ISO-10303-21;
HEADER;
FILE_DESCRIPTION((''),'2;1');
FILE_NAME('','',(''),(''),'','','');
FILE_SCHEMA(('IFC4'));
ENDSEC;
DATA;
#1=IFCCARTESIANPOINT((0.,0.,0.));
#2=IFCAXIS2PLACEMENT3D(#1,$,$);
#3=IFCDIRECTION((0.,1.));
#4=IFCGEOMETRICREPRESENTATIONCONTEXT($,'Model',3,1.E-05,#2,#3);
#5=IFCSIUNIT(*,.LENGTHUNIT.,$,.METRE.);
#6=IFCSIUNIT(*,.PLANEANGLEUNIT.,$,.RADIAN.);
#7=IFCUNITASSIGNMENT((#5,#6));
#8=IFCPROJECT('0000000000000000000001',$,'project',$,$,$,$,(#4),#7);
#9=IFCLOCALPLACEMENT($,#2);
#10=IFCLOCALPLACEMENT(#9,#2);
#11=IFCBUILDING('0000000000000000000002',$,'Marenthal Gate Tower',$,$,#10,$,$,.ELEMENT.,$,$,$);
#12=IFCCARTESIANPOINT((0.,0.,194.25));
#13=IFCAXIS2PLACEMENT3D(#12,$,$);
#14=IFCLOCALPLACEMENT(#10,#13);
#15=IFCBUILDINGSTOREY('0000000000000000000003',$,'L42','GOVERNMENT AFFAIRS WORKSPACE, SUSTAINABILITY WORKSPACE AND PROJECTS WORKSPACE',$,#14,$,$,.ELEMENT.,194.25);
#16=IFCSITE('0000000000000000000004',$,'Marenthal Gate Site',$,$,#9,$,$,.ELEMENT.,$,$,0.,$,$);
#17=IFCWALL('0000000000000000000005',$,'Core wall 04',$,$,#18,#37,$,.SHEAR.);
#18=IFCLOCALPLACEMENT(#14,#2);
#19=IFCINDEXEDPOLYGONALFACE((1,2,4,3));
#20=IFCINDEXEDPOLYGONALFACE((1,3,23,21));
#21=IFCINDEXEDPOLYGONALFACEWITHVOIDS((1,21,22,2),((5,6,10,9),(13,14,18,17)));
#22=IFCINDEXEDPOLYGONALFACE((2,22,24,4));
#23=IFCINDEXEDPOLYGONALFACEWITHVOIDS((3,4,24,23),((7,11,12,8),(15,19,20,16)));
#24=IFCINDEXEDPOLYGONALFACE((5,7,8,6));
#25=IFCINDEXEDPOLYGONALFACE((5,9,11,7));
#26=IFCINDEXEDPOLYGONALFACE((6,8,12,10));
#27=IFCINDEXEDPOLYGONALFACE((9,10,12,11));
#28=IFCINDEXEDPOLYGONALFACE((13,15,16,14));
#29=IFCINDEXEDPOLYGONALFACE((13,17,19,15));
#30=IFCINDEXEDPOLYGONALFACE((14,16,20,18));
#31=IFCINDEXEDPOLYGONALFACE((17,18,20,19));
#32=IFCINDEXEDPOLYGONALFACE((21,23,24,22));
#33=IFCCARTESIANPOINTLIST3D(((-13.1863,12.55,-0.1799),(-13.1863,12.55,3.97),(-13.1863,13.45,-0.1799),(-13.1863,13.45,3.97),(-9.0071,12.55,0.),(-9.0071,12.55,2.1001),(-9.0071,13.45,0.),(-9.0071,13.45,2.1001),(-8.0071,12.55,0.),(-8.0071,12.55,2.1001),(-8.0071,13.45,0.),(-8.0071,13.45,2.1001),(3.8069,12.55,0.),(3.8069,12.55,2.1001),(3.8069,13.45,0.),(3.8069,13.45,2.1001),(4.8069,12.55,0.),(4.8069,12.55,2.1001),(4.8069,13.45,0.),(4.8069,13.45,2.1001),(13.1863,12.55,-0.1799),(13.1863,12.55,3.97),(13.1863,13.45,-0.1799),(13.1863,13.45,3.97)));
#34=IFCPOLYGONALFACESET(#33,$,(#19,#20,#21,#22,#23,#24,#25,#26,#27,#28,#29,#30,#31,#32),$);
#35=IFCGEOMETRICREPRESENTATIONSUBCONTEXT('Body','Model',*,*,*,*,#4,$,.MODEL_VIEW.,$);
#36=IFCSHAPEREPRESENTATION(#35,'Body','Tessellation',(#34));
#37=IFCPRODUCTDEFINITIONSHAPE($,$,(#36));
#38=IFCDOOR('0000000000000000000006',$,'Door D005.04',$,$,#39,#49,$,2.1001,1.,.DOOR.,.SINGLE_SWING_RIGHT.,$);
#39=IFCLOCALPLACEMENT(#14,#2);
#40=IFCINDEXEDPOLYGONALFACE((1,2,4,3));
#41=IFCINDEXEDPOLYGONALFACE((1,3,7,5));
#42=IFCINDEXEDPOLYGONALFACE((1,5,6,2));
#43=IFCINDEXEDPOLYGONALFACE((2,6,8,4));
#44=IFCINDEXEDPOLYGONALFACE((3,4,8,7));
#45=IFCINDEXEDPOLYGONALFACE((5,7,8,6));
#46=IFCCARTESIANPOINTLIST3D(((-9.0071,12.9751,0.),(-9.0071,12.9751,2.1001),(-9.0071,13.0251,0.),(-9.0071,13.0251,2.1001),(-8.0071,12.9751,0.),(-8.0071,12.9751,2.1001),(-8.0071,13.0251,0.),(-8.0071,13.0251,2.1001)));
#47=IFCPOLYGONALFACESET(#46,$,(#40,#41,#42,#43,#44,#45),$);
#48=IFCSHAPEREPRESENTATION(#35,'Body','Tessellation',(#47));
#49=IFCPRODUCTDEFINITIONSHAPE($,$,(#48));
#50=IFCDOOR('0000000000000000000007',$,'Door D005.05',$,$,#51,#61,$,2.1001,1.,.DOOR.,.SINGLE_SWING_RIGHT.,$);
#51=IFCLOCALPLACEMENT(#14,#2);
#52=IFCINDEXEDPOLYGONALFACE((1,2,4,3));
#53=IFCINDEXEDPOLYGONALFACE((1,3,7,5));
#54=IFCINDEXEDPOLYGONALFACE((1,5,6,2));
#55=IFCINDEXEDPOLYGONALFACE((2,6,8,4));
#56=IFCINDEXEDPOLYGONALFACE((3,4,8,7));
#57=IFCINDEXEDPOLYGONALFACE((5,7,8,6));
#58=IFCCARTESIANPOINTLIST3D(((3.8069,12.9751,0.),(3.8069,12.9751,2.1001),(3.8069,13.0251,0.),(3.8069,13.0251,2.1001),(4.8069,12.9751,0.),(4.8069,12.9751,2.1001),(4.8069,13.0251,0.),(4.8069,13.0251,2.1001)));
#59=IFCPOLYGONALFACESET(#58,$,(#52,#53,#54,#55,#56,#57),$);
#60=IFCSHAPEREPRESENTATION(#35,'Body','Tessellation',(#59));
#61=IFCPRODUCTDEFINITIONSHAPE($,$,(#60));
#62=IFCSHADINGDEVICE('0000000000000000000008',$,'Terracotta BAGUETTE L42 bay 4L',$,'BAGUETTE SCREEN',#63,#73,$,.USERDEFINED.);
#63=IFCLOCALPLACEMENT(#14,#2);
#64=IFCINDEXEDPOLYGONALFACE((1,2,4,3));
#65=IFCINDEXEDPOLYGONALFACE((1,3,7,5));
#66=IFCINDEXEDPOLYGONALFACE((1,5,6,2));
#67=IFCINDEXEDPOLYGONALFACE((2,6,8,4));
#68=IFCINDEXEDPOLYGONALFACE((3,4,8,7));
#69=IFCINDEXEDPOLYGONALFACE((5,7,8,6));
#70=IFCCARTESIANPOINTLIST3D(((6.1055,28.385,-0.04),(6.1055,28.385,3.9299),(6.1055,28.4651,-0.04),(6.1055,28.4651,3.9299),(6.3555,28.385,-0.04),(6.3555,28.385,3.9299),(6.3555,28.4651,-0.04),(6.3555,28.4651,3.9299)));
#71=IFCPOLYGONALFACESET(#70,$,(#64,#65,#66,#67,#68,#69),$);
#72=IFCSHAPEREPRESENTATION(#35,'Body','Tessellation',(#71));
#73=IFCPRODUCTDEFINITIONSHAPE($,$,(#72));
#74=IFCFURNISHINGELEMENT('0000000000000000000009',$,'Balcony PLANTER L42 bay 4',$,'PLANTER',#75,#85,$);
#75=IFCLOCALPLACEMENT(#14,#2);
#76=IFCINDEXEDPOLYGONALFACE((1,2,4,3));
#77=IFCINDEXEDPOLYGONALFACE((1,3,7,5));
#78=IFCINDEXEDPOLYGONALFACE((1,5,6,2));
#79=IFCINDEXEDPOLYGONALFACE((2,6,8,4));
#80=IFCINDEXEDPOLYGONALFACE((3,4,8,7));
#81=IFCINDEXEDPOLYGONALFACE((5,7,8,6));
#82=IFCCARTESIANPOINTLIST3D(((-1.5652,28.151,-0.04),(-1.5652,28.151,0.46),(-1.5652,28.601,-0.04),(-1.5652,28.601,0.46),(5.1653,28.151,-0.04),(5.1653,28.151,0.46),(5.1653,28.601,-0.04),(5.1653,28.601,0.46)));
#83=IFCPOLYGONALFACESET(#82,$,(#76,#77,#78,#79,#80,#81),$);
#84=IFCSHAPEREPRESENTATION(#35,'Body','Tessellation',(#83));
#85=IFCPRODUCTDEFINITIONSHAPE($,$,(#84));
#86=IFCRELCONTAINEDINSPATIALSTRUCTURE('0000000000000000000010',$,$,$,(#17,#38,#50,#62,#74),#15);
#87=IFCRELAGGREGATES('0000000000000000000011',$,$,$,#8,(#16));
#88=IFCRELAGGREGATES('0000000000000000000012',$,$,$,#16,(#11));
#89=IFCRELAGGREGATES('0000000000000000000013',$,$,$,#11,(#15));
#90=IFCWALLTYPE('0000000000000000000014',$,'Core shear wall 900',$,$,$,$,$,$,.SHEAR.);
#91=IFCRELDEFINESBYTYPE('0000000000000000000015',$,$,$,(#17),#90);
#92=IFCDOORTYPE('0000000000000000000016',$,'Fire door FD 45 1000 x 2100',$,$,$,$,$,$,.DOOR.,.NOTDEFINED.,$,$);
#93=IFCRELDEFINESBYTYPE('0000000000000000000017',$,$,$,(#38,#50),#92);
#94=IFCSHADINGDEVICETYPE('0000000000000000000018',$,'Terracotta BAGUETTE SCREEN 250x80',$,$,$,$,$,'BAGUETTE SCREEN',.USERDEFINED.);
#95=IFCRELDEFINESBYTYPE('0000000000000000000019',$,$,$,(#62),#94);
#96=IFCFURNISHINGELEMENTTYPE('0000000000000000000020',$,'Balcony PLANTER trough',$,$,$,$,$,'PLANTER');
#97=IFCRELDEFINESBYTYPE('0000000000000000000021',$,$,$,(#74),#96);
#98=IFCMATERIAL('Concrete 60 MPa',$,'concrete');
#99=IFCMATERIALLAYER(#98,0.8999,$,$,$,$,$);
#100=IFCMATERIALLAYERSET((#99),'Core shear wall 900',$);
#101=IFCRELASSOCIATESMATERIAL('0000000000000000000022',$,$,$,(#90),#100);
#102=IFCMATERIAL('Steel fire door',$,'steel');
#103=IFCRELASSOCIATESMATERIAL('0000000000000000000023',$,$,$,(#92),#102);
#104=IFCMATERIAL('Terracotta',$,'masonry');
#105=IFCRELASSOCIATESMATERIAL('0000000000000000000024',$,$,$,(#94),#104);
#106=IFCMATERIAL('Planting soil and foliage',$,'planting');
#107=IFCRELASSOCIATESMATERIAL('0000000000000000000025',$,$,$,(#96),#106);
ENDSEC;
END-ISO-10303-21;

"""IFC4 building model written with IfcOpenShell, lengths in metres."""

from ifc_helpers import new_model, si_unit, direction, frame, frame_2d, origin, origin_2d, place, context, subcontext, project, spatial, rectangle, extrude, material, layer, layer_set, material_profile, profile_set, type_object, element, fill, save


model = new_model("IFC4")

# Units and contexts
model_context = context("Model", 3, precision=1e-05, world=origin(), true_north=direction((0.0, 1.0)))
body_context = subcontext(model_context, "Body", "Model", "MODEL_VIEW")
ifc_project = project(units=[si_unit("LENGTHUNIT", "METRE"), si_unit("PLANEANGLEUNIT", "RADIAN")], contexts=[model_context])

# Site, building, storey
site_placement = place(None, origin())
site = spatial("IfcSite", under=ifc_project, at=site_placement, Name="Marenthal Gate Site", CompositionType="ELEMENT", RefElevation=0.0)
building_placement = place(site_placement, origin())
building = spatial("IfcBuilding", under=site, at=building_placement, Name="Marenthal Gate Tower", CompositionType="ELEMENT")
storey_placement = place(building_placement, frame((0.0, 0.0, 194.25)))
storey = spatial("IfcBuildingStorey", under=building, at=storey_placement, Name="L42", Description="GOVERNMENT AFFAIRS WORKSPACE, SUSTAINABILITY WORKSPACE AND PROJECTS WORKSPACE", CompositionType="ELEMENT", Elevation=194.25)

# Shared definitions
ifc_material_1 = material(Name="Concrete 60 MPa", Category="concrete")
ifc_layer_1 = layer(ifc_material_1, 0.8999)
ifc_layer_set_1 = layer_set([ifc_layer_1], Name="Core shear wall 900")
wall_type_1 = type_object("IfcWallType", Name="Core shear wall 900", PredefinedType="SHEAR", material=ifc_layer_set_1)

# Wall, openings, doors
wall_1_placement = place(storey_placement, frame((13.1863, 13.0, -0.1799), z_axis=(0.0, 0.0, 1.0), x_axis=(-1.0, 0.0, 0.0)))
wall_1 = element("IfcWall", 1, at=wall_1_placement, inside=storey, type_object=wall_type_1, Name="Core wall 04", PredefinedType="SHEAR", context=body_context, shape_type="SweptSolid", body=[
    extrude(rectangle(XDim=26.3726, YDim=0.8999, at=frame_2d((13.1863, 0.0))), origin(), (0.0, 0.0, 1.0), 4.1499),
])
opening_1_placement = place(wall_1_placement, frame((21.1934, 0.0, 0.1799)))
opening_1 = element("IfcOpeningElement", 2, at=opening_1_placement, cuts=wall_1, PredefinedType="OPENING", context=body_context, shape_type="SweptSolid", body=[
    extrude(rectangle(XDim=1.0, YDim=2.1001, at=frame_2d((0.5, 1.05))), frame((0.0, 0.46, 0.0), z_axis=(0.0, -1.0, 0.0), x_axis=(1.0, 0.0, 0.0)), (0.0, 0.0, 1.0), 0.9199),
])
opening_2_placement = place(wall_1_placement, frame((8.3794, 0.0, 0.1799)))
opening_2 = element("IfcOpeningElement", 3, at=opening_2_placement, cuts=wall_1, PredefinedType="OPENING", context=body_context, shape_type="SweptSolid", body=[
    extrude(rectangle(XDim=1.0, YDim=2.1001, at=frame_2d((0.5, 1.05))), frame((0.0, 0.46, 0.0), z_axis=(0.0, -1.0, 0.0), x_axis=(1.0, 0.0, 0.0)), (0.0, 0.0, 1.0), 0.9199),
])
ifc_material_2 = material(Name="Steel fire door", Category="steel")
door_type_1 = type_object("IfcDoorType", Name="Fire door FD 45 1000 x 2100", OperationType="NOTDEFINED", PredefinedType="DOOR", material=ifc_material_2)
door_1_placement = place(opening_1_placement, origin())
door_1 = element("IfcDoor", 4, at=door_1_placement, inside=storey, type_object=door_type_1, Name="Door D005.04", OperationType="SINGLE_SWING_RIGHT", OverallHeight=2.1001, OverallWidth=1.0, PredefinedType="DOOR", context=body_context, shape_type="SweptSolid", body=[
    extrude(rectangle(XDim=1.0, YDim=2.1001, at=frame_2d((0.5, 1.05))), frame((0.0, 0.0249, 0.0), z_axis=(0.0, -1.0, 0.0), x_axis=(1.0, 0.0, 0.0)), (0.0, 0.0, 1.0), 0.05),
])
fill(opening_1, door_1)
door_2_placement = place(opening_2_placement, origin())
door_2 = element("IfcDoor", 5, at=door_2_placement, inside=storey, type_object=door_type_1, Name="Door D005.05", OperationType="SINGLE_SWING_RIGHT", OverallHeight=2.1001, OverallWidth=1.0, PredefinedType="DOOR", context=body_context, shape_type="SweptSolid", body=[
    extrude(rectangle(XDim=1.0, YDim=2.1001, at=frame_2d((0.5, 1.05))), frame((0.0, 0.0249, 0.0), z_axis=(0.0, -1.0, 0.0), x_axis=(1.0, 0.0, 0.0)), (0.0, 0.0, 1.0), 0.05),
])
fill(opening_2, door_2)

# Shading device
ifc_material_3 = material(Name="Terracotta", Category="masonry")
ifc_material_profile_1 = material_profile(ifc_material_3, rectangle(XDim=0.25, YDim=0.0801, at=origin_2d()), Name="Terracotta baguette 250x80")
ifc_profile_set_1 = profile_set([ifc_material_profile_1], Name="Terracotta")
shading_device_type = type_object("IfcShadingDeviceType", Name="Terracotta BAGUETTE SCREEN 250x80", ElementType="BAGUETTE SCREEN", PredefinedType="USERDEFINED", material=ifc_profile_set_1)
shading_device_placement = place(storey_placement, frame((6.2305, 28.425, -0.04), z_axis=(0.0, 0.0, 1.0), x_axis=(-1.0, 0.0, 0.0)))
element("IfcShadingDevice", 6, at=shading_device_placement, inside=storey, type_object=shading_device_type, Name="Terracotta BAGUETTE L42 bay 4L", ObjectType="BAGUETTE SCREEN", PredefinedType="USERDEFINED", context=body_context, shape_type="SweptSolid", body=[
    extrude(rectangle(XDim=0.25, YDim=0.0801, at=origin_2d()), origin(), (0.0, 0.0, 1.0), 3.97),
])

# Furnishing element
ifc_material_4 = material(Name="Planting soil and foliage", Category="planting")
furnishing_element_type = type_object("IfcFurnishingElementType", Name="Balcony PLANTER trough", ElementType="PLANTER", material=ifc_material_4)
furnishing_placement = place(storey_placement, frame((1.8, 28.376, -0.04), z_axis=(0.0, 0.0, 1.0), x_axis=(-1.0, 0.0, 0.0)))
element("IfcFurnishingElement", 7, at=furnishing_placement, inside=storey, type_object=furnishing_element_type, Name="Balcony PLANTER L42 bay 4", ObjectType="PLANTER", context=body_context, shape_type="SweptSolid", body=[
    extrude(rectangle(XDim=6.7305, YDim=0.45, at=origin_2d()), origin(), (0.0, 0.0, 1.0), 0.5),
])

save(model, "model.ifc")
